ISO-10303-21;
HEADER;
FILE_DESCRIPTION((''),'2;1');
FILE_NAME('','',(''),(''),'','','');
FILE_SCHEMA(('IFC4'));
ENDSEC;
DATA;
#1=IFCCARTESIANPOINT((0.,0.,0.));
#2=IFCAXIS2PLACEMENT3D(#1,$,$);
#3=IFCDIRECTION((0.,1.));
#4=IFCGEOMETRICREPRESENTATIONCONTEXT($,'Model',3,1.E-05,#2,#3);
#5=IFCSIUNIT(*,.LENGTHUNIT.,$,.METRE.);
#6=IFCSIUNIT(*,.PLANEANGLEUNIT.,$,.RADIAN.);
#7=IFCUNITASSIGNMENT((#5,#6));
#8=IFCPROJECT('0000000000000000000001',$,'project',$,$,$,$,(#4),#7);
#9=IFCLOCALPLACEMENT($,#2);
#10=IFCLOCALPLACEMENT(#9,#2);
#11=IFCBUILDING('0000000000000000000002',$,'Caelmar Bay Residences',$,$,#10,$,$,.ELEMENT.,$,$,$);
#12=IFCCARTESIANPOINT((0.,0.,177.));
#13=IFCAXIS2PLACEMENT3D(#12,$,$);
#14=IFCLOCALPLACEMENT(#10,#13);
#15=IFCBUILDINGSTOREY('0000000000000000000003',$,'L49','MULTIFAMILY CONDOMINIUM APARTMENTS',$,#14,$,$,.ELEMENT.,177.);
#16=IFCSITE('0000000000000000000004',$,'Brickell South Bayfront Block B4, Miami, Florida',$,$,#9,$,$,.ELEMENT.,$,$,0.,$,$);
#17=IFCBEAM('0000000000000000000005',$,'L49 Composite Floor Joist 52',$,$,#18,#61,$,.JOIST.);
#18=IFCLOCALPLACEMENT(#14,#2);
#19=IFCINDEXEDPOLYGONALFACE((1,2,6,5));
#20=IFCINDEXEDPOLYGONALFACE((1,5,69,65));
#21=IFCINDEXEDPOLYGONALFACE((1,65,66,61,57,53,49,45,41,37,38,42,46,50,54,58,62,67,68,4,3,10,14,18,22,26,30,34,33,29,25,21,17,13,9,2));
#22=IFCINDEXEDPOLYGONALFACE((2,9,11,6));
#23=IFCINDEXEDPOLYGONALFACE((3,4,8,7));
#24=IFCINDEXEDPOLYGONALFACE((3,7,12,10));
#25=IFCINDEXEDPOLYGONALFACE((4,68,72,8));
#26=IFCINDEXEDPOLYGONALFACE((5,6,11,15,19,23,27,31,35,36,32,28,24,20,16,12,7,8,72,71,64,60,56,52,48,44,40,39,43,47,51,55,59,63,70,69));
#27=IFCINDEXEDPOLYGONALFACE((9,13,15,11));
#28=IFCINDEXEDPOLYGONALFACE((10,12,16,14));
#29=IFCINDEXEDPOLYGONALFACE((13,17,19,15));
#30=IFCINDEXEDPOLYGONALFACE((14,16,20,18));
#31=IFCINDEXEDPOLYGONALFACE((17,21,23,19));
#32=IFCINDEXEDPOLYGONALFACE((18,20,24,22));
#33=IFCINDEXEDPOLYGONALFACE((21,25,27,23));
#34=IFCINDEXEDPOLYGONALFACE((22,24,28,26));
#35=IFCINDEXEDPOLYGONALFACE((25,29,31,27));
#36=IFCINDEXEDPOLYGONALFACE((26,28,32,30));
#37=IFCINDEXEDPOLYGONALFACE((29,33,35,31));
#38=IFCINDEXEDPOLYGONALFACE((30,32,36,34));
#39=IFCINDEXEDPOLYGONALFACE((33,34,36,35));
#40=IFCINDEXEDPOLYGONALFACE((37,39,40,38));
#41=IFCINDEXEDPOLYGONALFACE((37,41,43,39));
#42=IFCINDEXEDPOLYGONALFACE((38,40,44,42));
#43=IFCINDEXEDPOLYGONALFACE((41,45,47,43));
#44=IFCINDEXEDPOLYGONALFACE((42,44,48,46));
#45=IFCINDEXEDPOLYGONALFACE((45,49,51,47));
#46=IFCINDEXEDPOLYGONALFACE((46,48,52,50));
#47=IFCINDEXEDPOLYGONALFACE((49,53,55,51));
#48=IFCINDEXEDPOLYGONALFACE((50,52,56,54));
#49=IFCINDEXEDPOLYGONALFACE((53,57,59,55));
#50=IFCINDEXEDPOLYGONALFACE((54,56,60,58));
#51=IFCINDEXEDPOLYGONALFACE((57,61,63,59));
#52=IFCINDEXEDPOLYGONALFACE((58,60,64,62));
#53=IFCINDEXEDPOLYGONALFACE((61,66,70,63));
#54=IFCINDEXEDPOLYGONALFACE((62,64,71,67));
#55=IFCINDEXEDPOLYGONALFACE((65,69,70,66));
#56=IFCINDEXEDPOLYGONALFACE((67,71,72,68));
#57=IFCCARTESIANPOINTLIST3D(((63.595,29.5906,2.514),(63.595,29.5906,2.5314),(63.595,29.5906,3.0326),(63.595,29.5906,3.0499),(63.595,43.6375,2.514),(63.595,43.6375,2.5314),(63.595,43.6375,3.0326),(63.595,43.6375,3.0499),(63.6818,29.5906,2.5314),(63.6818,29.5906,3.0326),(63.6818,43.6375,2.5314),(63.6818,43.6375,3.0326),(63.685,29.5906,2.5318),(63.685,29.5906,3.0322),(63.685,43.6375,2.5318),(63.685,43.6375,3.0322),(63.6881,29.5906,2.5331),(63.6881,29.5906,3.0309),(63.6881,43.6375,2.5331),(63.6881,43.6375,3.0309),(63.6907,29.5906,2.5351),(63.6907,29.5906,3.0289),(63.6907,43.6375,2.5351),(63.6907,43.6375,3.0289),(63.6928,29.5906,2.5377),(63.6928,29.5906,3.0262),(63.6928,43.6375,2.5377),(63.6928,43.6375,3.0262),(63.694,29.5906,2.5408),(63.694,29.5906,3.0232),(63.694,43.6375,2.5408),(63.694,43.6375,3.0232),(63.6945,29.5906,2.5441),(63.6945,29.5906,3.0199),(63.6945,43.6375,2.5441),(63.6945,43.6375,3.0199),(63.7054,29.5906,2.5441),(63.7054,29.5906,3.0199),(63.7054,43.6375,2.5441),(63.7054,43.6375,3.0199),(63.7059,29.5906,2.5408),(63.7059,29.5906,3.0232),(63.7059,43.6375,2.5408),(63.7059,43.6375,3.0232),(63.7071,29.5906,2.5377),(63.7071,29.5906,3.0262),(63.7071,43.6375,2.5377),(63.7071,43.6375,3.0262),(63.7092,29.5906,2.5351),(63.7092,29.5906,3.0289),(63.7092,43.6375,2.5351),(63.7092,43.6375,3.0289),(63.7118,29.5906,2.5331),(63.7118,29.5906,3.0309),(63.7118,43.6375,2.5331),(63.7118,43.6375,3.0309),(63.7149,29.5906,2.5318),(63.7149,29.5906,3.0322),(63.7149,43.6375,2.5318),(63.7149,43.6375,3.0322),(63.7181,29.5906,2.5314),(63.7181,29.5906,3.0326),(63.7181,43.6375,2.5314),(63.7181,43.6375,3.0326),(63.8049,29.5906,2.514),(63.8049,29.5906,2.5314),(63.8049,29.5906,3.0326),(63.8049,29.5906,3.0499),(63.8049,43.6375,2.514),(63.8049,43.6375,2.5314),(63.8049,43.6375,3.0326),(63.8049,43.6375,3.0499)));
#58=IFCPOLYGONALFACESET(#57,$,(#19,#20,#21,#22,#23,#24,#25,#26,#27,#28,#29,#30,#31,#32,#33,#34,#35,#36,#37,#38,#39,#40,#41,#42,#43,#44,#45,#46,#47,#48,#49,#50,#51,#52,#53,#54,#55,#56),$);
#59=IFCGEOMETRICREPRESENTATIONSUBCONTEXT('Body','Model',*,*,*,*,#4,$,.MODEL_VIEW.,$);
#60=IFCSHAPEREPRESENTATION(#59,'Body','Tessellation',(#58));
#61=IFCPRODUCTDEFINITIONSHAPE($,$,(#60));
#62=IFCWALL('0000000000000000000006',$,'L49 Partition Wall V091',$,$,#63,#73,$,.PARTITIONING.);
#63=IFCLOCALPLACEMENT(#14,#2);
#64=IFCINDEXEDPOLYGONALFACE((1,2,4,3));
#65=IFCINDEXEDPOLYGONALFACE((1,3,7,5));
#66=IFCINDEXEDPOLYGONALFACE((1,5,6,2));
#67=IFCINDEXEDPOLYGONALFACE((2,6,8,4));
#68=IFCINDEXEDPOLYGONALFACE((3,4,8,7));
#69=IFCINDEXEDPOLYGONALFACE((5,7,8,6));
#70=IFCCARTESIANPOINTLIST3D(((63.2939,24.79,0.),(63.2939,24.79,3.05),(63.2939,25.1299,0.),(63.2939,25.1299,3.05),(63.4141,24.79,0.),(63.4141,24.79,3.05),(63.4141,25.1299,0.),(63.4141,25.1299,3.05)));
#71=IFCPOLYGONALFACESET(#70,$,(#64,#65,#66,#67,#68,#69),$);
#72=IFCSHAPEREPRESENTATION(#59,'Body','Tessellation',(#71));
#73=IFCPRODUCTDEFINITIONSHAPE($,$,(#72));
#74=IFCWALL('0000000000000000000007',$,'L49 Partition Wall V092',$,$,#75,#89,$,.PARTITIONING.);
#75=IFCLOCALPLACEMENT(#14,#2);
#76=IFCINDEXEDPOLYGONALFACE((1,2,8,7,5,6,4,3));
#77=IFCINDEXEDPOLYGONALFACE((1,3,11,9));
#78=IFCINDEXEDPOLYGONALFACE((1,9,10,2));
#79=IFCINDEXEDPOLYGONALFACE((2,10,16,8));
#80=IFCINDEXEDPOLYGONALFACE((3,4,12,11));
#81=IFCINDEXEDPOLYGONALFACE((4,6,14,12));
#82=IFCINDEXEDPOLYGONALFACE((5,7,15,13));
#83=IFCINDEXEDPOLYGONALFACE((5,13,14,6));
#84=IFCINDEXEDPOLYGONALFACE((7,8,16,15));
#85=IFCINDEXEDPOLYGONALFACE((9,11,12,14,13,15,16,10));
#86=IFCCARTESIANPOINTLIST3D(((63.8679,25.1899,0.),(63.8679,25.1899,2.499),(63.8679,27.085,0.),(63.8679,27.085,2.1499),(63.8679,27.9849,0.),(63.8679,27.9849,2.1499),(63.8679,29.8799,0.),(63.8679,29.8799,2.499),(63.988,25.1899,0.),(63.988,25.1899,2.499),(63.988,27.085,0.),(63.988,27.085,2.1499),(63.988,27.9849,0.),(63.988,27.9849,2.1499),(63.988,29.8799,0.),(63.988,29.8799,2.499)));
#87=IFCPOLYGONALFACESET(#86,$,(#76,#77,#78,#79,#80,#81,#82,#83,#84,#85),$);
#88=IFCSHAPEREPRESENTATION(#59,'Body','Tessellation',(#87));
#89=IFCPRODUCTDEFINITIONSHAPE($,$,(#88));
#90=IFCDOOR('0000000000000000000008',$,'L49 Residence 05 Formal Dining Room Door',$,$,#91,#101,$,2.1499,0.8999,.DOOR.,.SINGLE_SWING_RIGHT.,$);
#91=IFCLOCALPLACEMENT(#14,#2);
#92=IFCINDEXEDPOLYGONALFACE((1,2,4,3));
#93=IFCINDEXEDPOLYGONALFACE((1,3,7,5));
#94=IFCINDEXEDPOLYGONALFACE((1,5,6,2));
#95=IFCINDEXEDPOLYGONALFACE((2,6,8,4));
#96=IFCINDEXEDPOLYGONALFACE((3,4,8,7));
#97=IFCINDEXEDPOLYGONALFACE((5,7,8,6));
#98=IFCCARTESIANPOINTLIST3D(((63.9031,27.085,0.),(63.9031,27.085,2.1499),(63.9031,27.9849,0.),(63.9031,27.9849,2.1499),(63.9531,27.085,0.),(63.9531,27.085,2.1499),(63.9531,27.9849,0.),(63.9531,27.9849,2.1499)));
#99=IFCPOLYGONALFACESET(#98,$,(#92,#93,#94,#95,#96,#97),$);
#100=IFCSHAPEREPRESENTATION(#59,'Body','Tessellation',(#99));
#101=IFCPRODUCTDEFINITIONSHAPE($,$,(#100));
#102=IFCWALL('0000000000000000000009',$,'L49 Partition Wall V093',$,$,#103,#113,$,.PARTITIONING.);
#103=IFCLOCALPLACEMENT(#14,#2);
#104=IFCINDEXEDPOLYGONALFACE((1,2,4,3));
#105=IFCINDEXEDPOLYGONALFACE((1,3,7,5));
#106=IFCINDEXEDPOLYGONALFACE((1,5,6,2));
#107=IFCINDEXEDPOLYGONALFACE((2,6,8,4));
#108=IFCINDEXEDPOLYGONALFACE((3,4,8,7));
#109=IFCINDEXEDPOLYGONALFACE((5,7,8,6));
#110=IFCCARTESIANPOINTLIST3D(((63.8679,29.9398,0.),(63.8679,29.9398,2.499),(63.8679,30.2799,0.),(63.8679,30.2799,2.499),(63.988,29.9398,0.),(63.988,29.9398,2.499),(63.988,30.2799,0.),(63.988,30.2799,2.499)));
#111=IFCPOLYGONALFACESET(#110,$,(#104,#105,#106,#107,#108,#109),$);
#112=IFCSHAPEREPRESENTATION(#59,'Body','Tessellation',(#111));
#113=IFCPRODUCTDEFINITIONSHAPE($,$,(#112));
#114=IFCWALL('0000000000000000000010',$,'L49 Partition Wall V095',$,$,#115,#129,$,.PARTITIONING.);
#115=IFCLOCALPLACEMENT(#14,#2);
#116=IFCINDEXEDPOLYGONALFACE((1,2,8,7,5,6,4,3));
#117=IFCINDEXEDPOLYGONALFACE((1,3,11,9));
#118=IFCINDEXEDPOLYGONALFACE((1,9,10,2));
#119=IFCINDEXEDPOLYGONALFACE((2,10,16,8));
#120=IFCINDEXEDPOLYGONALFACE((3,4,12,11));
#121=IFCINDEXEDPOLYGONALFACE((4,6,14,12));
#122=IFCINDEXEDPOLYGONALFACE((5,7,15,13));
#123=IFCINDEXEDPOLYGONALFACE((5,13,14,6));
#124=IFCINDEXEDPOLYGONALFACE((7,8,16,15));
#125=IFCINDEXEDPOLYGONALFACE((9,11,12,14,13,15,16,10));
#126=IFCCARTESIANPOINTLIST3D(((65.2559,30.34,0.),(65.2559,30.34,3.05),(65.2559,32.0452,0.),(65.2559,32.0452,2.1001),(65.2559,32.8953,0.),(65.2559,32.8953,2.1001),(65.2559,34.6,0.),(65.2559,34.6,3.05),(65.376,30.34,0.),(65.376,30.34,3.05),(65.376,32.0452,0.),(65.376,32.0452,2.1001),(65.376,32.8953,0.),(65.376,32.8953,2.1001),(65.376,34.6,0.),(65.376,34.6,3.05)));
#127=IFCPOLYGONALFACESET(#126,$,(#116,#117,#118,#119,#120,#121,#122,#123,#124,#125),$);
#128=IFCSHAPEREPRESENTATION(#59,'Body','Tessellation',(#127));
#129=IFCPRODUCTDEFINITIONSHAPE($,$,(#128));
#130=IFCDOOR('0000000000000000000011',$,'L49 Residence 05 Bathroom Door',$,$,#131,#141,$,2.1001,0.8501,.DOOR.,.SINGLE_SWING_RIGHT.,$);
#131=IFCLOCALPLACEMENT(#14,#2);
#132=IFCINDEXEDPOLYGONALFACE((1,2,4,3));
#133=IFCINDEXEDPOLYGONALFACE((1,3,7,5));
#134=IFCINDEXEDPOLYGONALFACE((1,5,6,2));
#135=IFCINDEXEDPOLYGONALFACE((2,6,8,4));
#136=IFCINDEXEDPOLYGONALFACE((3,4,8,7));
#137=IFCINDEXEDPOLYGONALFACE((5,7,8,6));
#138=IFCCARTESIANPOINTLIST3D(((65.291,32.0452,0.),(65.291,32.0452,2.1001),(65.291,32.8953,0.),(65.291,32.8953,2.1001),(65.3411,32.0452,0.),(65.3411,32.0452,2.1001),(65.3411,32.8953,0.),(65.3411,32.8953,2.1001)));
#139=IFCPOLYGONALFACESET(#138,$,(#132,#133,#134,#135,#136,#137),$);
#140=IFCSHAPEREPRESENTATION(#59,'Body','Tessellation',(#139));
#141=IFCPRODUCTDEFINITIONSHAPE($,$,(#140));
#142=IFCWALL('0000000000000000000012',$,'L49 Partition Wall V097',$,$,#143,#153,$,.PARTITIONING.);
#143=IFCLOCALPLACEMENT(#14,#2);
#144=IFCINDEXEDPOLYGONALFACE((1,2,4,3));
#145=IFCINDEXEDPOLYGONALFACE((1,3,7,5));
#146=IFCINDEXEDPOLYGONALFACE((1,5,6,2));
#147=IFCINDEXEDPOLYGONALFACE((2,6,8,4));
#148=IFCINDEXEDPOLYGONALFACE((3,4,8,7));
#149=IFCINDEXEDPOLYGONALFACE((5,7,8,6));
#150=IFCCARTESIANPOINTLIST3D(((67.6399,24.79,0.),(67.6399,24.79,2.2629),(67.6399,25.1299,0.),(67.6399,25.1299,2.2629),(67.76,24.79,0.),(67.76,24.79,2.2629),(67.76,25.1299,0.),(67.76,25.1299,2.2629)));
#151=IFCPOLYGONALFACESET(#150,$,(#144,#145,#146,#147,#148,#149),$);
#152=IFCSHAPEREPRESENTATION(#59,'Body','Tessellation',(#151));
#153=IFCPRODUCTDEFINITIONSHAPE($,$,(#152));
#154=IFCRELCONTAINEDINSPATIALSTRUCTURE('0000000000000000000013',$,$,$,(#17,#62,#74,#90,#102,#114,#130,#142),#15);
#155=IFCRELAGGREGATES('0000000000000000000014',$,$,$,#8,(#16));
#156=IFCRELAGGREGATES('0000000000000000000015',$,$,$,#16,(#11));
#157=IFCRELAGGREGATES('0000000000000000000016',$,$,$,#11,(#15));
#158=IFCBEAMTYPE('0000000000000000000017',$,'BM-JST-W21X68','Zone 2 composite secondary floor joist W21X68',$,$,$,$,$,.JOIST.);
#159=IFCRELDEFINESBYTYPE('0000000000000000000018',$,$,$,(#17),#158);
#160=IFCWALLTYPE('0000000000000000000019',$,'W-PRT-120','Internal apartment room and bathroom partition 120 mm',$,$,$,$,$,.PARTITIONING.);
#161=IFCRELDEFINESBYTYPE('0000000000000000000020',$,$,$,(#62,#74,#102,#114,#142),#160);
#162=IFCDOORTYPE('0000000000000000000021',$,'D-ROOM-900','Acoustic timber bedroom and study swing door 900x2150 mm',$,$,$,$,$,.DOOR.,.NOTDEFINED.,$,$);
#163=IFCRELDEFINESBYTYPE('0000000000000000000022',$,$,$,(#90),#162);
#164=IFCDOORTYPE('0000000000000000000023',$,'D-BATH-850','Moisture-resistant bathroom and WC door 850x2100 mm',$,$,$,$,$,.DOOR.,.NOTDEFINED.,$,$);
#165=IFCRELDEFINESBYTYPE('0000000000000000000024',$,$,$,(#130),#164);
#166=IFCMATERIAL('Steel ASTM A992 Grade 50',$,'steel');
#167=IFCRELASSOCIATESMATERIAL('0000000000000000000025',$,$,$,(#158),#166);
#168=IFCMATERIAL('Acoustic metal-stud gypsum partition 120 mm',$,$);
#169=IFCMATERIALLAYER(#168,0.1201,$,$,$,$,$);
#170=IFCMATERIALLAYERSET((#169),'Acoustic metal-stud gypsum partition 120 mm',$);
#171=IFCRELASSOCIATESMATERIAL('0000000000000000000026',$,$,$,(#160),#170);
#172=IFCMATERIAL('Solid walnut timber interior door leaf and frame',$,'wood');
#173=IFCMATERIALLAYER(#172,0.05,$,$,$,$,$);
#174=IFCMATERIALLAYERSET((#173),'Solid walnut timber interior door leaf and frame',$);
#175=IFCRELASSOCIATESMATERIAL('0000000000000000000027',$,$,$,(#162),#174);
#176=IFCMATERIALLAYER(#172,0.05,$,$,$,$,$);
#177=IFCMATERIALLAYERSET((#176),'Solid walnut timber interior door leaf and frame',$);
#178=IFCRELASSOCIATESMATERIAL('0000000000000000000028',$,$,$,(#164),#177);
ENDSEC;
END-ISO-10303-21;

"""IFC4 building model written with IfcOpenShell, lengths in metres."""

from ifc_helpers import new_model, si_unit, direction, frame, frame_2d, origin, origin_2d, place, context, subcontext, project, spatial, rectangle, i_section, extrude, material, layer, layer_set, material_profile, profile_set, type_object, element, fill, save


model = new_model("IFC4")

# Units and contexts
model_context = context("Model", 3, precision=1e-05, world=origin(), true_north=direction((0.0, 1.0)))
body_context = subcontext(model_context, "Body", "Model", "MODEL_VIEW")
ifc_project = project(units=[si_unit("LENGTHUNIT", "METRE"), si_unit("PLANEANGLEUNIT", "RADIAN")], contexts=[model_context])

# Site, building, storey
site_placement = place(None, origin())
site = spatial("IfcSite", under=ifc_project, at=site_placement, Name="Brickell South Bayfront Block B4, Miami, Florida", CompositionType="ELEMENT", RefElevation=0.0)
building_placement = place(site_placement, origin())
building = spatial("IfcBuilding", under=site, at=building_placement, Name="Caelmar Bay Residences", CompositionType="ELEMENT")
storey_placement = place(building_placement, frame((0.0, 0.0, 177.0)))
storey = spatial("IfcBuildingStorey", under=building, at=storey_placement, Name="L49", Description="MULTIFAMILY CONDOMINIUM APARTMENTS", CompositionType="ELEMENT", Elevation=177.0)

# Beam
ifc_material_1 = material(Name="Steel ASTM A992 Grade 50", Category="steel")
ifc_material_profile_1 = material_profile(ifc_material_1, i_section(OverallWidth=0.21, OverallDepth=0.5359, WebThickness=0.011, FlangeThickness=0.0173, FilletRadius=0.0127, at=origin_2d()), Name="W21X68")
ifc_profile_set_1 = profile_set([ifc_material_profile_1], Name="Steel ASTM A992 Grade 50")
beam_type_1 = type_object("IfcBeamType", Name="BM-JST-W21X68", Description="Zone 2 composite secondary floor joist W21X68", PredefinedType="JOIST", material=ifc_profile_set_1)
beam_1_placement = place(storey_placement, frame((63.7, 29.5906, 2.782), z_axis=(0.0, 1.0, 0.0), x_axis=(-1.0, 0.0, 0.0)))
element("IfcBeam", 1, at=beam_1_placement, inside=storey, type_object=beam_type_1, Name="L49 Composite Floor Joist 52", PredefinedType="JOIST", context=body_context, shape_type="SweptSolid", body=[
    extrude(i_section(OverallWidth=0.21, OverallDepth=0.5359, WebThickness=0.011, FlangeThickness=0.0173, FilletRadius=0.0127, at=origin_2d()), origin(), (0.0, 0.0, 1.0), 14.0469),
])

# Wall
ifc_material_2 = material(Name="Acoustic metal-stud gypsum partition 120 mm")
ifc_layer_1 = layer(ifc_material_2, 0.1201)
ifc_layer_set_1 = layer_set([ifc_layer_1], Name="Acoustic metal-stud gypsum partition 120 mm")
wall_type = type_object("IfcWallType", Name="W-PRT-120", Description="Internal apartment room and bathroom partition 120 mm", PredefinedType="PARTITIONING", material=ifc_layer_set_1)
wall_1_placement = place(storey_placement, frame((63.354, 24.79, 0.0), z_axis=(0.0, 0.0, 1.0), x_axis=(0.0, 1.0, 0.0)))
element("IfcWall", 2, at=wall_1_placement, inside=storey, type_object=wall_type, Name="L49 Partition Wall V091", PredefinedType="PARTITIONING", context=body_context, shape_type="SweptSolid", body=[
    extrude(rectangle(XDim=0.3398, YDim=0.1201, at=frame_2d((0.1699, 0.0))), origin(), (0.0, 0.0, 1.0), 3.05),
])

# Wall, opening, door
wall_2_placement = place(storey_placement, frame((63.928, 25.1899, 0.0), z_axis=(0.0, 0.0, 1.0), x_axis=(0.0, 1.0, 0.0)))
wall_2 = element("IfcWall", 3, at=wall_2_placement, inside=storey, type_object=wall_type, Name="L49 Partition Wall V092", PredefinedType="PARTITIONING", context=body_context, shape_type="SweptSolid", body=[
    extrude(rectangle(XDim=4.6899, YDim=0.1201, at=frame_2d((2.345, 0.0))), origin(), (0.0, 0.0, 1.0), 2.499),
])
opening_1_placement = place(wall_2_placement, frame((1.895, 0.0, 0.0)))
opening_1 = element("IfcOpeningElement", 4, at=opening_1_placement, cuts=wall_2, PredefinedType="OPENING", context=body_context, shape_type="SweptSolid", body=[
    extrude(rectangle(XDim=0.8999, YDim=2.1499, at=frame_2d((0.45, 1.075))), frame((0.0, 0.0701, 0.0), z_axis=(0.0, -1.0, 0.0), x_axis=(1.0, 0.0, 0.0)), (0.0, 0.0, 1.0), 0.1401),
])
ifc_material_3 = material(Name="Solid walnut timber interior door leaf and frame", Category="wood")
ifc_layer_2 = layer(ifc_material_3, 0.05)
ifc_layer_set_2 = layer_set([ifc_layer_2], Name="Solid walnut timber interior door leaf and frame")
door_type_1 = type_object("IfcDoorType", Name="D-ROOM-900", Description="Acoustic timber bedroom and study swing door 900x2150 mm", OperationType="NOTDEFINED", PredefinedType="DOOR", material=ifc_layer_set_2)
door_1_placement = place(opening_1_placement, origin())
door_1 = element("IfcDoor", 5, at=door_1_placement, inside=storey, type_object=door_type_1, Name="L49 Residence 05 Formal Dining Room Door", OperationType="SINGLE_SWING_RIGHT", OverallHeight=2.1499, OverallWidth=0.8999, PredefinedType="DOOR", context=body_context, shape_type="SweptSolid", body=[
    extrude(rectangle(XDim=0.8999, YDim=2.1499, at=frame_2d((0.45, 1.075))), frame((0.0, 0.0249, 0.0), z_axis=(0.0, -1.0, 0.0), x_axis=(1.0, 0.0, 0.0)), (0.0, 0.0, 1.0), 0.05),
])
fill(opening_1, door_1)

# Wall
wall_3_placement = place(storey_placement, frame((63.928, 29.9399, 0.0), z_axis=(0.0, 0.0, 1.0), x_axis=(0.0, 1.0, 0.0)))
element("IfcWall", 6, at=wall_3_placement, inside=storey, type_object=wall_type, Name="L49 Partition Wall V093", PredefinedType="PARTITIONING", context=body_context, shape_type="SweptSolid", body=[
    extrude(rectangle(XDim=0.3401, YDim=0.1201, at=frame_2d((0.1699, 0.0))), origin(), (0.0, 0.0, 1.0), 2.499),
])

# Wall, opening, door
wall_4_placement = place(storey_placement, frame((65.3159, 30.3401, 0.0), z_axis=(0.0, 0.0, 1.0), x_axis=(0.0, 1.0, 0.0)))
wall_4 = element("IfcWall", 7, at=wall_4_placement, inside=storey, type_object=wall_type, Name="L49 Partition Wall V095", PredefinedType="PARTITIONING", context=body_context, shape_type="SweptSolid", body=[
    extrude(rectangle(XDim=4.26, YDim=0.1201, at=frame_2d((2.1299, 0.0))), origin(), (0.0, 0.0, 1.0), 3.05),
])
opening_2_placement = place(wall_4_placement, frame((1.7051, 0.0, 0.0)))
opening_2 = element("IfcOpeningElement", 8, at=opening_2_placement, cuts=wall_4, PredefinedType="OPENING", context=body_context, shape_type="SweptSolid", body=[
    extrude(rectangle(XDim=0.8501, YDim=2.1001, at=frame_2d((0.425, 1.05))), frame((0.0, 0.0701, 0.0), z_axis=(0.0, -1.0, 0.0), x_axis=(1.0, 0.0, 0.0)), (0.0, 0.0, 1.0), 0.1401),
])
ifc_layer_3 = layer(ifc_material_3, 0.05)
ifc_layer_set_3 = layer_set([ifc_layer_3], Name="Solid walnut timber interior door leaf and frame")
door_type_2 = type_object("IfcDoorType", Name="D-BATH-850", Description="Moisture-resistant bathroom and WC door 850x2100 mm", OperationType="NOTDEFINED", PredefinedType="DOOR", material=ifc_layer_set_3)
door_2_placement = place(opening_2_placement, origin())
door_2 = element("IfcDoor", 9, at=door_2_placement, inside=storey, type_object=door_type_2, Name="L49 Residence 05 Bathroom Door", OperationType="SINGLE_SWING_RIGHT", OverallHeight=2.1001, OverallWidth=0.8501, PredefinedType="DOOR", context=body_context, shape_type="SweptSolid", body=[
    extrude(rectangle(XDim=0.8501, YDim=2.1001, at=frame_2d((0.425, 1.05))), frame((0.0, 0.0249, 0.0), z_axis=(0.0, -1.0, 0.0), x_axis=(1.0, 0.0, 0.0)), (0.0, 0.0, 1.0), 0.05),
])
fill(opening_2, door_2)

# Wall
wall_5_placement = place(storey_placement, frame((67.7, 24.79, 0.0), z_axis=(0.0, 0.0, 1.0), x_axis=(0.0, 1.0, 0.0)))
element("IfcWall", 10, at=wall_5_placement, inside=storey, type_object=wall_type, Name="L49 Partition Wall V097", PredefinedType="PARTITIONING", context=body_context, shape_type="SweptSolid", body=[
    extrude(rectangle(XDim=0.3398, YDim=0.1201, at=frame_2d((0.1699, 0.0))), origin(), (0.0, 0.0, 1.0), 2.2629),
])

save(model, "model.ifc")
